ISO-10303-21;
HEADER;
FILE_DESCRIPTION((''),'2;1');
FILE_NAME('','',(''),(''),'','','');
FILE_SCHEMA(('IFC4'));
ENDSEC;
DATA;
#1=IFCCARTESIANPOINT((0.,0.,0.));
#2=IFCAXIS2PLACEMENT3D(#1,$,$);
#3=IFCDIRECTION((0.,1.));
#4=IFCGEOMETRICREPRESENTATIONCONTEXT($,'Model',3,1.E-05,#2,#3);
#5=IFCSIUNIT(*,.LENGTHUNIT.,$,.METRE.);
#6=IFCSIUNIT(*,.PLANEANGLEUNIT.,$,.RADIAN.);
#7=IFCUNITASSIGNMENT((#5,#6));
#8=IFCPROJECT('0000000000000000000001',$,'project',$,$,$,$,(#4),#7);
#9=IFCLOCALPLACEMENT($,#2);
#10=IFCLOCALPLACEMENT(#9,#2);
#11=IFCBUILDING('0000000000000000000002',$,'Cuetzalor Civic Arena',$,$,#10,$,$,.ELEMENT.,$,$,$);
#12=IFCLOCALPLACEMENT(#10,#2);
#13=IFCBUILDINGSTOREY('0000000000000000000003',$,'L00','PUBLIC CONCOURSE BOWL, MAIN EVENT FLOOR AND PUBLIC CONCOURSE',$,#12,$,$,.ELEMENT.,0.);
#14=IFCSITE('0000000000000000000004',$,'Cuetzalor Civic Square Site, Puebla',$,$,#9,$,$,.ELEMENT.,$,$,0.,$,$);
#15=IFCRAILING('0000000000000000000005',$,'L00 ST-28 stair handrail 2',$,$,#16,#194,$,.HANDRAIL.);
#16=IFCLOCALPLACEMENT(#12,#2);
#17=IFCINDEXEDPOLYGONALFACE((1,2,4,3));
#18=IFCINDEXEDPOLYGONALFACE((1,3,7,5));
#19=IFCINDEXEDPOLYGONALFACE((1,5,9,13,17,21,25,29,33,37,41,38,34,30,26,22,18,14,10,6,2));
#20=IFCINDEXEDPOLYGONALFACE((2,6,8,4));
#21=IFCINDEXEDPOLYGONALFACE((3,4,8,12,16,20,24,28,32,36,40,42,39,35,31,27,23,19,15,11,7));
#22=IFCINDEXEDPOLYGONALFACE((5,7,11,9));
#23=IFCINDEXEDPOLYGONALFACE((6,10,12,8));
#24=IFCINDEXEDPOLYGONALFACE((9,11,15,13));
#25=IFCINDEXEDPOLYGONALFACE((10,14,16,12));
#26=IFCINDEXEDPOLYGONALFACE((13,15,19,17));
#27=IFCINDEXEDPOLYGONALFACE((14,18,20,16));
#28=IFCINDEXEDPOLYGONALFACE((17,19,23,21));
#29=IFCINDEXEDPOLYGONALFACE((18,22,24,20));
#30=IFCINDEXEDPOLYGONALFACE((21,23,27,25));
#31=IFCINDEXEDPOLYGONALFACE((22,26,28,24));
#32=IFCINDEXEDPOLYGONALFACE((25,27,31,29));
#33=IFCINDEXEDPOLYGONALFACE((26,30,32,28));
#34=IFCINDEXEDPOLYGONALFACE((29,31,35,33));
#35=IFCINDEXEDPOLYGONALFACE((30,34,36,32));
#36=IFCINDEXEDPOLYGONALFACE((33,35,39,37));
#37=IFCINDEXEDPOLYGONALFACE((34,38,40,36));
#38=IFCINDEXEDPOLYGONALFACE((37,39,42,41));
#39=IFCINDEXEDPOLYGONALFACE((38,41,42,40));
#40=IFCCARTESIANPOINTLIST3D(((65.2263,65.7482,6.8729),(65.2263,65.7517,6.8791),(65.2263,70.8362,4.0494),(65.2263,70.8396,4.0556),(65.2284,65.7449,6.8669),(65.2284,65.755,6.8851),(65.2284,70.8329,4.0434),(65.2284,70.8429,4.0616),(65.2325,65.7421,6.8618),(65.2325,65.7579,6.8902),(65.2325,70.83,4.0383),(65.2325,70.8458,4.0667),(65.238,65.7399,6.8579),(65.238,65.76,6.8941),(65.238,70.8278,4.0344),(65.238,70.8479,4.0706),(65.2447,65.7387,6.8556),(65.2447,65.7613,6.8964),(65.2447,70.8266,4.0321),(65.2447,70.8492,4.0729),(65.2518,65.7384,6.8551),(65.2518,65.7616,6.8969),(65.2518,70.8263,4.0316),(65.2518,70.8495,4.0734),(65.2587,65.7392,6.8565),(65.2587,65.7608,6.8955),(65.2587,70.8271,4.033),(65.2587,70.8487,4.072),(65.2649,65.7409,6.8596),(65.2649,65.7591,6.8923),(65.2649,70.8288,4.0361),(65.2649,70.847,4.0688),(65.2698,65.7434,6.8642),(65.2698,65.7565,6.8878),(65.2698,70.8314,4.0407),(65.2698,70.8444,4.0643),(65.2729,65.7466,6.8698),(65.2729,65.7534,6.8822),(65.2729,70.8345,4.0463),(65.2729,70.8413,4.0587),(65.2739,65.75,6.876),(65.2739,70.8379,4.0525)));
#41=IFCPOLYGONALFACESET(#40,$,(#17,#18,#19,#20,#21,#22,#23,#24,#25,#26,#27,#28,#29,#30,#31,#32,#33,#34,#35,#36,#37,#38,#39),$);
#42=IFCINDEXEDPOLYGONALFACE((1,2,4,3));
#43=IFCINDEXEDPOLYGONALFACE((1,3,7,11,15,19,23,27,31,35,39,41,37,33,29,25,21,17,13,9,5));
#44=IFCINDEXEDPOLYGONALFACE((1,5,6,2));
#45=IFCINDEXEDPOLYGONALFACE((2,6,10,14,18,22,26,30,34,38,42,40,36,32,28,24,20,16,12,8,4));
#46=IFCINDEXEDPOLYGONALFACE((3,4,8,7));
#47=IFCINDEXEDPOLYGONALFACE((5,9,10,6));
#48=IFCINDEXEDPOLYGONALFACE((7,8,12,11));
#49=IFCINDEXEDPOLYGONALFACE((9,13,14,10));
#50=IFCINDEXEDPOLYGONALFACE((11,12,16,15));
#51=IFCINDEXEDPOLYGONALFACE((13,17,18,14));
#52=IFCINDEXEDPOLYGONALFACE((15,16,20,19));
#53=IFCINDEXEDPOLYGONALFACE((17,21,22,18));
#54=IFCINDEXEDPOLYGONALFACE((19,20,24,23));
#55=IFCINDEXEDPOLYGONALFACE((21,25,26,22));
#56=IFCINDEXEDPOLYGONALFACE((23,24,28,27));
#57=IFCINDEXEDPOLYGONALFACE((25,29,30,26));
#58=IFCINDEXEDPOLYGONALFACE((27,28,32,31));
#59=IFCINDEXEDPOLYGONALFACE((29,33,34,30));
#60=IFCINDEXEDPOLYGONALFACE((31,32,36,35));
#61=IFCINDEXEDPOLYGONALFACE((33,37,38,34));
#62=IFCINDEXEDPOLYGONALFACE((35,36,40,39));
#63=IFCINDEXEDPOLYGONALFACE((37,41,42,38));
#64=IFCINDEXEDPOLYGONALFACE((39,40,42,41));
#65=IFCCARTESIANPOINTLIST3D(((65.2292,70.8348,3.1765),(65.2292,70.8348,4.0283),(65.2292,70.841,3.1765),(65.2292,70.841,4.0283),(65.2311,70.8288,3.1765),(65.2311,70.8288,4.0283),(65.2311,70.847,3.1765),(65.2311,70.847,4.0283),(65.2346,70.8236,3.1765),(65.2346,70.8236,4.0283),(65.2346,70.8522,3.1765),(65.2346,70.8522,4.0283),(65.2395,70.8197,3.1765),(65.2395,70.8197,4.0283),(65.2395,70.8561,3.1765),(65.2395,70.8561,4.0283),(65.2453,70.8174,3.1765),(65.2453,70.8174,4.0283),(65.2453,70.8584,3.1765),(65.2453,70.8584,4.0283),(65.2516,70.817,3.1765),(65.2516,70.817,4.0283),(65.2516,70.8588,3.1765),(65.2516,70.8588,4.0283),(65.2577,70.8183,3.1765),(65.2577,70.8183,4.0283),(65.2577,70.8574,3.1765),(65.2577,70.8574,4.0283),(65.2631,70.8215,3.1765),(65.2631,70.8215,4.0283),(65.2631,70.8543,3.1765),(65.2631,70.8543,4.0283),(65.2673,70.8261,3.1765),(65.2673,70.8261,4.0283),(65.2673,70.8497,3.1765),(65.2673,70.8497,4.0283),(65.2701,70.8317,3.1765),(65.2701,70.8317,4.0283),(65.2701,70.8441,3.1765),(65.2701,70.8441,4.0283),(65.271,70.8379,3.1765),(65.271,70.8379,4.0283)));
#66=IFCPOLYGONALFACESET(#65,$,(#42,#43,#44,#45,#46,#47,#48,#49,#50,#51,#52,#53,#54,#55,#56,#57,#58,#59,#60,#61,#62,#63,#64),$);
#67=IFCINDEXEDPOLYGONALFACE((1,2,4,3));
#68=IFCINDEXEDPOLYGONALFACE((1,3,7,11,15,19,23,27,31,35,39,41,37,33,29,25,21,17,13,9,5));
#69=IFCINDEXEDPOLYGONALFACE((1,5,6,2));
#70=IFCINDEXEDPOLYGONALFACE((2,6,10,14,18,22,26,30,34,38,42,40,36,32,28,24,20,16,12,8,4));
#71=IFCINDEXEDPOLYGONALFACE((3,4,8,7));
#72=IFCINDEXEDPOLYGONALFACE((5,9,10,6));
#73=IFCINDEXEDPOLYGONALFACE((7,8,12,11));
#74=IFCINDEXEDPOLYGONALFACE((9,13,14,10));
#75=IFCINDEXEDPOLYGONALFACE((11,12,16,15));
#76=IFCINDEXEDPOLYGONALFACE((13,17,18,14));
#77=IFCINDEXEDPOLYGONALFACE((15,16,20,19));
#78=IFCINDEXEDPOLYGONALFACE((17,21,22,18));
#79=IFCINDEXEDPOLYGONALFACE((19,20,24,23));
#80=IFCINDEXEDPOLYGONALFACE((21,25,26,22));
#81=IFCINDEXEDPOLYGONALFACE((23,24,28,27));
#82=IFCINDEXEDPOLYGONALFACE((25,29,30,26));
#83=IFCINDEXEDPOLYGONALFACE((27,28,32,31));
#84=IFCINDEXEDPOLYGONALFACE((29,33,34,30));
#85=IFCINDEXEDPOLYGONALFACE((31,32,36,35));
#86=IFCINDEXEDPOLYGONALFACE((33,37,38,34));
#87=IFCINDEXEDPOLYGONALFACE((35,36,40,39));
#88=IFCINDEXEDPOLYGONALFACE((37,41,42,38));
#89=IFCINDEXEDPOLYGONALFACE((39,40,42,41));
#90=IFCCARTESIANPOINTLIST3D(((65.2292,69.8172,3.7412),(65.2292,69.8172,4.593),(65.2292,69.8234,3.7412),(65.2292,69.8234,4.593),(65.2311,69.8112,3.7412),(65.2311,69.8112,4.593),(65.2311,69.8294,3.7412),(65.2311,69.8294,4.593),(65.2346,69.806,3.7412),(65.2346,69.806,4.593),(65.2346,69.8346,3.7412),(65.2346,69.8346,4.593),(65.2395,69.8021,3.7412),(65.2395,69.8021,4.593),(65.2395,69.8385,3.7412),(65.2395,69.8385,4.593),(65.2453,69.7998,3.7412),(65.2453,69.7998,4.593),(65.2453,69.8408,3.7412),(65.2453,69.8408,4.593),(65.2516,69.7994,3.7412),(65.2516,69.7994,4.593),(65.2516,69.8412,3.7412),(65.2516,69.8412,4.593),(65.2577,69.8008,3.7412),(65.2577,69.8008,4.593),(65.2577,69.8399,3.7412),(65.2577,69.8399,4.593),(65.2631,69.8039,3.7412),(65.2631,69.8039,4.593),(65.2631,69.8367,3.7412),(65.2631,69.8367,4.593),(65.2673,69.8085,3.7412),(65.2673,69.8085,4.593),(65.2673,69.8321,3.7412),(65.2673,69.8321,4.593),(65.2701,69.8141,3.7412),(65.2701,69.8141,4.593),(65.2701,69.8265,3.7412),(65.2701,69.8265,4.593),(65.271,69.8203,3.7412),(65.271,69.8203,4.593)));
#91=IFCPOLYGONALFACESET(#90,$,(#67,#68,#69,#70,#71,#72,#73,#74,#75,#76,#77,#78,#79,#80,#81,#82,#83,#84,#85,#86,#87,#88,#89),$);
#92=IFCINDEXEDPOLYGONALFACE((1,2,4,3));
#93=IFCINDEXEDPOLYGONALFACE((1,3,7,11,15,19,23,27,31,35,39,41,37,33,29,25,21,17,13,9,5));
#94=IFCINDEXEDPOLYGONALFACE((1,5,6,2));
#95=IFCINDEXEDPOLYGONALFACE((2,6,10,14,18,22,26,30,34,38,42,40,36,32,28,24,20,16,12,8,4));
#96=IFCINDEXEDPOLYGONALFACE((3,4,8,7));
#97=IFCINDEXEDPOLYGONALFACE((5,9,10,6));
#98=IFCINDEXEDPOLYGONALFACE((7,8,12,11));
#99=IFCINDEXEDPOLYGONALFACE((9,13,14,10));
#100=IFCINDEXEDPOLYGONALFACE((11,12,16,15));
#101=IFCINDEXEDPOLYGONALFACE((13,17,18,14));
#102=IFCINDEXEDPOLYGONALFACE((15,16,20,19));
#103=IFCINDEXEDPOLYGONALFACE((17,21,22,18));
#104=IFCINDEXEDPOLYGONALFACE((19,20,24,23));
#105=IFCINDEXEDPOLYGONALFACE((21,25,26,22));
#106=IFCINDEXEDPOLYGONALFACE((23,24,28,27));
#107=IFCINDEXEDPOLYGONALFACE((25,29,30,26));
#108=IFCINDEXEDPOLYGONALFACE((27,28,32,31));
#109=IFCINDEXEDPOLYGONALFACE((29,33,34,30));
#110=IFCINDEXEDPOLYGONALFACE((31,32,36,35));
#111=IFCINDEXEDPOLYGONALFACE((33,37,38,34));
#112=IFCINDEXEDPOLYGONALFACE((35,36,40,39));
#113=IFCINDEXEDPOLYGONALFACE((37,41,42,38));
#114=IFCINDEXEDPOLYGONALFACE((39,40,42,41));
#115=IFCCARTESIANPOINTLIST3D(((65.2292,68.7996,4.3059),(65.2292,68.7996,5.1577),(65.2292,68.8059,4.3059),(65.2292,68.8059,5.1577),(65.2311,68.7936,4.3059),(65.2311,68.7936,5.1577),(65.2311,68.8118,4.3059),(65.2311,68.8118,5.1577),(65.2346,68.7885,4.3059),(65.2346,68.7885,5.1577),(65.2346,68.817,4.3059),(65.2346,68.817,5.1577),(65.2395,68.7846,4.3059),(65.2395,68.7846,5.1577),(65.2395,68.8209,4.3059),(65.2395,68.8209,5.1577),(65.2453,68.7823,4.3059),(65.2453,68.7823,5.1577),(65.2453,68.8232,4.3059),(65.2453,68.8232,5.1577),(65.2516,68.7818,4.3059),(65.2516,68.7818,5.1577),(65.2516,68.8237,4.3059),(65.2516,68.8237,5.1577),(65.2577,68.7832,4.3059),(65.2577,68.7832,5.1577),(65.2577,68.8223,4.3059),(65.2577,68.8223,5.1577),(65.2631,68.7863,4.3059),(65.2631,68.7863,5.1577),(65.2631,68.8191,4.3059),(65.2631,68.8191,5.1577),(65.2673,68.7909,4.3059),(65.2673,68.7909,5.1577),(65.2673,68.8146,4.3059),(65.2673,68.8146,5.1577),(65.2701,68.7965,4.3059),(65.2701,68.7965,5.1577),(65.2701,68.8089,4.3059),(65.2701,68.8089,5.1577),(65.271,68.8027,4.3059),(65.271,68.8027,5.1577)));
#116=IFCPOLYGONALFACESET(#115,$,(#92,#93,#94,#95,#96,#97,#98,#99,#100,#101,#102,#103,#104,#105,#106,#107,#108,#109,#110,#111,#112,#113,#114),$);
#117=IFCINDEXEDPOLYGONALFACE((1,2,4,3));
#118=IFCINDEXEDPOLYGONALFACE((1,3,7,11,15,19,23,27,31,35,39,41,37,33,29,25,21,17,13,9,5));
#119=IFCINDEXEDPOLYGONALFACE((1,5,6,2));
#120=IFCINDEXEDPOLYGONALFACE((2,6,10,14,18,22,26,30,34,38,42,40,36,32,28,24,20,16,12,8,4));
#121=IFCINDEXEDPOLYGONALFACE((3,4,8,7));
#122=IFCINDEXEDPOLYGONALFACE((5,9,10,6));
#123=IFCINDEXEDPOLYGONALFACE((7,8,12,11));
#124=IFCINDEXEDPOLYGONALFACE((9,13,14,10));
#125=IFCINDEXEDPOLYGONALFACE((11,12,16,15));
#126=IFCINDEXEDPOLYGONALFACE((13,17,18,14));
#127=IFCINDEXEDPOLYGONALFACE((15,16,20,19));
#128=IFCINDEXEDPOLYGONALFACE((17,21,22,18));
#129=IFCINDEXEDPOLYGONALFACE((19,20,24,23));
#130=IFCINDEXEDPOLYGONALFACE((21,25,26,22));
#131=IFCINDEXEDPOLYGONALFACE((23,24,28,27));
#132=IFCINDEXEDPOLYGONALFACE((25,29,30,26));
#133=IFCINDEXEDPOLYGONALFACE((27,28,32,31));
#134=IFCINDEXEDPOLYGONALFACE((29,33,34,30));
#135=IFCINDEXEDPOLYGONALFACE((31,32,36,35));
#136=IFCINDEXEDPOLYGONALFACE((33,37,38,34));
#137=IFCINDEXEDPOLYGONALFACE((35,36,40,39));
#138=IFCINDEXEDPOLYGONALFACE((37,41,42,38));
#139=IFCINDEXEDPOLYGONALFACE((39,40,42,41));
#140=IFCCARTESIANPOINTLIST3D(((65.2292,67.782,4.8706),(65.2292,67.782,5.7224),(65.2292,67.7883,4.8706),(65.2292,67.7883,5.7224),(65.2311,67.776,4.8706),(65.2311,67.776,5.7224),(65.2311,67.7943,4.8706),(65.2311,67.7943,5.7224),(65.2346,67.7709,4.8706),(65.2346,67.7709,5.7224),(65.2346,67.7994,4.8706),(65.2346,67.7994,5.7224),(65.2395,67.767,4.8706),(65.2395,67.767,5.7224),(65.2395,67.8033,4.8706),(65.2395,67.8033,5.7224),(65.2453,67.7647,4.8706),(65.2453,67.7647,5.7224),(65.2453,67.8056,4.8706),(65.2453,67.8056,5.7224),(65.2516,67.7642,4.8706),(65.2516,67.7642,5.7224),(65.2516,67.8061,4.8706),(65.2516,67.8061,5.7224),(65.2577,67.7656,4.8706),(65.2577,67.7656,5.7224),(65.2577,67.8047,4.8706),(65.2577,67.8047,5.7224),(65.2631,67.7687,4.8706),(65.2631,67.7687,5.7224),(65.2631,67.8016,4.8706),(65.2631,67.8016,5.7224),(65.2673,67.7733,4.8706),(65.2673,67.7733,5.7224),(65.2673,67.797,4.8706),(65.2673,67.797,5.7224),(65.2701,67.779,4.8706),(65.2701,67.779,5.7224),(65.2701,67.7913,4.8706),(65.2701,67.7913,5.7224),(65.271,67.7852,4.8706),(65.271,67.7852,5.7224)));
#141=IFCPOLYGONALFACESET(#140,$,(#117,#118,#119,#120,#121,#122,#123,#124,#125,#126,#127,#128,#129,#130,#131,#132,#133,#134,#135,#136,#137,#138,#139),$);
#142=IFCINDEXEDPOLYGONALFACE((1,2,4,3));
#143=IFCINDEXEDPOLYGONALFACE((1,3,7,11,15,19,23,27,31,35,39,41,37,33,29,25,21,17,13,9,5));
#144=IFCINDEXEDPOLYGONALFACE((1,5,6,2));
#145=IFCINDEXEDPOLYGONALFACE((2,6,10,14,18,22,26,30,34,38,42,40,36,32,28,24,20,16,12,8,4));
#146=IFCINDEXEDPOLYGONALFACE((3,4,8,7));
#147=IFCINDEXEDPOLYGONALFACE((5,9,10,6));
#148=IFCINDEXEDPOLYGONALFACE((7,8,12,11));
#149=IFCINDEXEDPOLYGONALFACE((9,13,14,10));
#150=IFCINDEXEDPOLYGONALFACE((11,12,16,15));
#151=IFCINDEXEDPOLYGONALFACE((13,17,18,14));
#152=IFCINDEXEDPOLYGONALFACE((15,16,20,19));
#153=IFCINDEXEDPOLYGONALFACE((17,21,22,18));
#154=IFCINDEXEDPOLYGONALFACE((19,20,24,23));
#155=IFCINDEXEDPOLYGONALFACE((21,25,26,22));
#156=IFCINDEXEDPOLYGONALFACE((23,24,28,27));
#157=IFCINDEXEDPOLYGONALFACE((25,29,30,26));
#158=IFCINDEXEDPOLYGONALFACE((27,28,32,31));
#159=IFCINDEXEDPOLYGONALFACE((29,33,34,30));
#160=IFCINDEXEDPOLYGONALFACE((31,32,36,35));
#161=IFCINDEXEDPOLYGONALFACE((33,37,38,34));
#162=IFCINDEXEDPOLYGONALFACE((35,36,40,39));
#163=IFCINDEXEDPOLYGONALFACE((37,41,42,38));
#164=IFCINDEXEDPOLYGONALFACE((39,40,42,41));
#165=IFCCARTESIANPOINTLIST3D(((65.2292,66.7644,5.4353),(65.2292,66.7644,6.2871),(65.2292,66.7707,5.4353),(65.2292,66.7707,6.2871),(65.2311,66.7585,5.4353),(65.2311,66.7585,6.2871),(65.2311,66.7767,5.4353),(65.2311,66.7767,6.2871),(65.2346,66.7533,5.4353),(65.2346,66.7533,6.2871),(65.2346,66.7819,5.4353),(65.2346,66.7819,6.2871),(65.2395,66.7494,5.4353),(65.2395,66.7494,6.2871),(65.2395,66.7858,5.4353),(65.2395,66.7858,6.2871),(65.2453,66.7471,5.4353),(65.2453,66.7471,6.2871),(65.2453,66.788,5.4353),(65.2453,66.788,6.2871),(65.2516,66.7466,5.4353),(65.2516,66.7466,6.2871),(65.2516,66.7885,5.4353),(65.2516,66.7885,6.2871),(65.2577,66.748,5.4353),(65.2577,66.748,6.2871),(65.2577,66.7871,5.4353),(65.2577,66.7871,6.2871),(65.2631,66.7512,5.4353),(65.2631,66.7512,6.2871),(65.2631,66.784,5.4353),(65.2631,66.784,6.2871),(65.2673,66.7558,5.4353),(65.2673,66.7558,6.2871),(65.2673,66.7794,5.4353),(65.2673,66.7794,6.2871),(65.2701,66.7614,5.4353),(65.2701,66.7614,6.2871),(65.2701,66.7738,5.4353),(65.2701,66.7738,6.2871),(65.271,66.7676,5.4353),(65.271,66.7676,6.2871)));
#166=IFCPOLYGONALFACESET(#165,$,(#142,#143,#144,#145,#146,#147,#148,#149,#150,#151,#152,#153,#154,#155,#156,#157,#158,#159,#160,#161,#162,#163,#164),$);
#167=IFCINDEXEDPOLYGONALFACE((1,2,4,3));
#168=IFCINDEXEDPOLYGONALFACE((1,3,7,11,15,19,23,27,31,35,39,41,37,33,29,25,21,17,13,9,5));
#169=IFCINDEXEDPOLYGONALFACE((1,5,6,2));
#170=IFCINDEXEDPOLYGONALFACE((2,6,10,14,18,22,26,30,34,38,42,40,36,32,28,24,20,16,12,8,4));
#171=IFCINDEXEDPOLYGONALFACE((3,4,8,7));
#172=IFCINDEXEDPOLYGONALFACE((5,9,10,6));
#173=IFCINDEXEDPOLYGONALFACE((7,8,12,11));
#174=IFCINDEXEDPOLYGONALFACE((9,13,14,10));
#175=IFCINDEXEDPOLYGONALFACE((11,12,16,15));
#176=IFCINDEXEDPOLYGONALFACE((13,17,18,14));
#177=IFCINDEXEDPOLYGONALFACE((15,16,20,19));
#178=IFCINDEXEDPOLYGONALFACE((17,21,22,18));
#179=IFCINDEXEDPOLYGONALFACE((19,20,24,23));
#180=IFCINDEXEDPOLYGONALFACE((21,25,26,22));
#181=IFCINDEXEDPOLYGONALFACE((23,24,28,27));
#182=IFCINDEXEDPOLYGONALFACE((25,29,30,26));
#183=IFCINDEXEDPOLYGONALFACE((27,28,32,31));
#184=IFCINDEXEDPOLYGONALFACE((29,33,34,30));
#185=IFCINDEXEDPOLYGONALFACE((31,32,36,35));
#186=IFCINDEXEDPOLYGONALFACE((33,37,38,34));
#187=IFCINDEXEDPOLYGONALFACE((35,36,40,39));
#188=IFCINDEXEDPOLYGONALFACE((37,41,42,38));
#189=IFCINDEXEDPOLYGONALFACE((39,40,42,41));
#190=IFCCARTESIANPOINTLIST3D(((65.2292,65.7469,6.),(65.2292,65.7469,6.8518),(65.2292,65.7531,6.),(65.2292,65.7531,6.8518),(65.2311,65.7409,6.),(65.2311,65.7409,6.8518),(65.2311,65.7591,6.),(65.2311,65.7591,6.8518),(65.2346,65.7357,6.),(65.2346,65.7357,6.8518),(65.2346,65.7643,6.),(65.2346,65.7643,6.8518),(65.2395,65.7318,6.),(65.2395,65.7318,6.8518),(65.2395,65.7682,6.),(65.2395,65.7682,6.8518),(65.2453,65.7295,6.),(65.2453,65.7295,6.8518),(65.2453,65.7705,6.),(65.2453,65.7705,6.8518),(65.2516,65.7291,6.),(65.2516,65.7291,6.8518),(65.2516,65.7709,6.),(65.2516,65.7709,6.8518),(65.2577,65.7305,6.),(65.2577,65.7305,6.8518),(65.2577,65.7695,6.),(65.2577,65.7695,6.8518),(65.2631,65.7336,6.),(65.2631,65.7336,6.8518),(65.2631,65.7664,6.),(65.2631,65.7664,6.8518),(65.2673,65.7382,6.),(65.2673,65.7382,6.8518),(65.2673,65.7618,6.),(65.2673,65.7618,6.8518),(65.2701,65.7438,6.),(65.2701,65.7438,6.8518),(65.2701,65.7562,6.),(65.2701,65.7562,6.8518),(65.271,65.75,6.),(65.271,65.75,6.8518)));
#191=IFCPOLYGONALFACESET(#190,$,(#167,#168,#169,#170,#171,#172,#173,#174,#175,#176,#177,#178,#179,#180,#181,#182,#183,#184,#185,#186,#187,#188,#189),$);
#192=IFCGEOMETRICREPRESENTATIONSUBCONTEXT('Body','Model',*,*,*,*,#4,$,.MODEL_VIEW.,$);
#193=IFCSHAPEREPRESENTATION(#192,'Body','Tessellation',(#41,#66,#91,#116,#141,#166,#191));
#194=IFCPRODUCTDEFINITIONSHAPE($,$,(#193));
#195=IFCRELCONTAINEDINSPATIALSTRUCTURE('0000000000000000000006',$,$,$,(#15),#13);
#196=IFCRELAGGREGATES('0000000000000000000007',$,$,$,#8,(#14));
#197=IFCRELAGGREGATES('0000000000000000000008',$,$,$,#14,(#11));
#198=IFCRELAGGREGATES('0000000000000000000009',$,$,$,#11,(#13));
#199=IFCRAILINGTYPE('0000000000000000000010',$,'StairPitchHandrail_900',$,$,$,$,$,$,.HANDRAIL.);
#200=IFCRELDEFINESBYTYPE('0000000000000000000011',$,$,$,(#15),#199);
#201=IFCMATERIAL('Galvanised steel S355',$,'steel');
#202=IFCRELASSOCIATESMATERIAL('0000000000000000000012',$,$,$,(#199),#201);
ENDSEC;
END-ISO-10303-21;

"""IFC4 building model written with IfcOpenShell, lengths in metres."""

from ifc_helpers import new_model, si_unit, direction, frame, origin, origin_2d, place, context, subcontext, project, spatial, circle, extrude, material, type_object, element, save


model = new_model("IFC4")

# Units and contexts
model_context = context("Model", 3, precision=1e-05, world=origin(), true_north=direction((0.0, 1.0)))
body_context = subcontext(model_context, "Body", "Model", "MODEL_VIEW")
ifc_project = project(units=[si_unit("LENGTHUNIT", "METRE"), si_unit("PLANEANGLEUNIT", "RADIAN")], contexts=[model_context])

# Site, building, storey
site_placement = place(None, origin())
site = spatial("IfcSite", under=ifc_project, at=site_placement, Name="Cuetzalor Civic Square Site, Puebla", CompositionType="ELEMENT", RefElevation=0.0)
building_placement = place(site_placement, origin())
building = spatial("IfcBuilding", under=site, at=building_placement, Name="Cuetzalor Civic Arena", CompositionType="ELEMENT")
storey_placement = place(building_placement, origin())
storey = spatial("IfcBuildingStorey", under=building, at=storey_placement, Name="L00", Description="PUBLIC CONCOURSE BOWL, MAIN EVENT FLOOR AND PUBLIC CONCOURSE", CompositionType="ELEMENT", Elevation=0.0)

# Railing
ifc_material_1 = material(Name="Galvanised steel S355", Category="steel")
railing_type_1 = type_object("IfcRailingType", Name="StairPitchHandrail_900", PredefinedType="HANDRAIL", material=ifc_material_1)
railing_1_placement = place(storey_placement, frame((65.25, 70.8379, 3.1765)))
element("IfcRailing", 1, at=railing_1_placement, inside=storey, type_object=railing_type_1, Name="L00 ST-28 stair handrail 2", PredefinedType="HANDRAIL", context=body_context, shape_type="SweptSolid", body=[
    extrude(circle(Radius=0.0239, at=origin_2d()), frame((0.0, 0.0, 0.876), z_axis=(0.0, -0.874385, 0.485233), x_axis=(1.0, 0.0, 0.0)), (0.0, 0.0, 1.0), 5.8188),
    extrude(circle(Radius=0.021, at=origin_2d()), origin(), (0.0, 0.0, 1.0), 0.8518),
    extrude(circle(Radius=0.021, at=origin_2d()), frame((0.0, -1.0176, 0.5647)), (0.0, 0.0, 1.0), 0.8518),
    extrude(circle(Radius=0.021, at=origin_2d()), frame((0.0, -2.0352, 1.1294)), (0.0, 0.0, 1.0), 0.8518),
    extrude(circle(Radius=0.021, at=origin_2d()), frame((0.0, -3.0527, 1.6941)), (0.0, 0.0, 1.0), 0.8518),
    extrude(circle(Radius=0.021, at=origin_2d()), frame((0.0, -4.0703, 2.2588)), (0.0, 0.0, 1.0), 0.8518),
    extrude(circle(Radius=0.021, at=origin_2d()), frame((0.0, -5.0879, 2.8235)), (0.0, 0.0, 1.0), 0.8518),
])

save(model, "model.ifc")
